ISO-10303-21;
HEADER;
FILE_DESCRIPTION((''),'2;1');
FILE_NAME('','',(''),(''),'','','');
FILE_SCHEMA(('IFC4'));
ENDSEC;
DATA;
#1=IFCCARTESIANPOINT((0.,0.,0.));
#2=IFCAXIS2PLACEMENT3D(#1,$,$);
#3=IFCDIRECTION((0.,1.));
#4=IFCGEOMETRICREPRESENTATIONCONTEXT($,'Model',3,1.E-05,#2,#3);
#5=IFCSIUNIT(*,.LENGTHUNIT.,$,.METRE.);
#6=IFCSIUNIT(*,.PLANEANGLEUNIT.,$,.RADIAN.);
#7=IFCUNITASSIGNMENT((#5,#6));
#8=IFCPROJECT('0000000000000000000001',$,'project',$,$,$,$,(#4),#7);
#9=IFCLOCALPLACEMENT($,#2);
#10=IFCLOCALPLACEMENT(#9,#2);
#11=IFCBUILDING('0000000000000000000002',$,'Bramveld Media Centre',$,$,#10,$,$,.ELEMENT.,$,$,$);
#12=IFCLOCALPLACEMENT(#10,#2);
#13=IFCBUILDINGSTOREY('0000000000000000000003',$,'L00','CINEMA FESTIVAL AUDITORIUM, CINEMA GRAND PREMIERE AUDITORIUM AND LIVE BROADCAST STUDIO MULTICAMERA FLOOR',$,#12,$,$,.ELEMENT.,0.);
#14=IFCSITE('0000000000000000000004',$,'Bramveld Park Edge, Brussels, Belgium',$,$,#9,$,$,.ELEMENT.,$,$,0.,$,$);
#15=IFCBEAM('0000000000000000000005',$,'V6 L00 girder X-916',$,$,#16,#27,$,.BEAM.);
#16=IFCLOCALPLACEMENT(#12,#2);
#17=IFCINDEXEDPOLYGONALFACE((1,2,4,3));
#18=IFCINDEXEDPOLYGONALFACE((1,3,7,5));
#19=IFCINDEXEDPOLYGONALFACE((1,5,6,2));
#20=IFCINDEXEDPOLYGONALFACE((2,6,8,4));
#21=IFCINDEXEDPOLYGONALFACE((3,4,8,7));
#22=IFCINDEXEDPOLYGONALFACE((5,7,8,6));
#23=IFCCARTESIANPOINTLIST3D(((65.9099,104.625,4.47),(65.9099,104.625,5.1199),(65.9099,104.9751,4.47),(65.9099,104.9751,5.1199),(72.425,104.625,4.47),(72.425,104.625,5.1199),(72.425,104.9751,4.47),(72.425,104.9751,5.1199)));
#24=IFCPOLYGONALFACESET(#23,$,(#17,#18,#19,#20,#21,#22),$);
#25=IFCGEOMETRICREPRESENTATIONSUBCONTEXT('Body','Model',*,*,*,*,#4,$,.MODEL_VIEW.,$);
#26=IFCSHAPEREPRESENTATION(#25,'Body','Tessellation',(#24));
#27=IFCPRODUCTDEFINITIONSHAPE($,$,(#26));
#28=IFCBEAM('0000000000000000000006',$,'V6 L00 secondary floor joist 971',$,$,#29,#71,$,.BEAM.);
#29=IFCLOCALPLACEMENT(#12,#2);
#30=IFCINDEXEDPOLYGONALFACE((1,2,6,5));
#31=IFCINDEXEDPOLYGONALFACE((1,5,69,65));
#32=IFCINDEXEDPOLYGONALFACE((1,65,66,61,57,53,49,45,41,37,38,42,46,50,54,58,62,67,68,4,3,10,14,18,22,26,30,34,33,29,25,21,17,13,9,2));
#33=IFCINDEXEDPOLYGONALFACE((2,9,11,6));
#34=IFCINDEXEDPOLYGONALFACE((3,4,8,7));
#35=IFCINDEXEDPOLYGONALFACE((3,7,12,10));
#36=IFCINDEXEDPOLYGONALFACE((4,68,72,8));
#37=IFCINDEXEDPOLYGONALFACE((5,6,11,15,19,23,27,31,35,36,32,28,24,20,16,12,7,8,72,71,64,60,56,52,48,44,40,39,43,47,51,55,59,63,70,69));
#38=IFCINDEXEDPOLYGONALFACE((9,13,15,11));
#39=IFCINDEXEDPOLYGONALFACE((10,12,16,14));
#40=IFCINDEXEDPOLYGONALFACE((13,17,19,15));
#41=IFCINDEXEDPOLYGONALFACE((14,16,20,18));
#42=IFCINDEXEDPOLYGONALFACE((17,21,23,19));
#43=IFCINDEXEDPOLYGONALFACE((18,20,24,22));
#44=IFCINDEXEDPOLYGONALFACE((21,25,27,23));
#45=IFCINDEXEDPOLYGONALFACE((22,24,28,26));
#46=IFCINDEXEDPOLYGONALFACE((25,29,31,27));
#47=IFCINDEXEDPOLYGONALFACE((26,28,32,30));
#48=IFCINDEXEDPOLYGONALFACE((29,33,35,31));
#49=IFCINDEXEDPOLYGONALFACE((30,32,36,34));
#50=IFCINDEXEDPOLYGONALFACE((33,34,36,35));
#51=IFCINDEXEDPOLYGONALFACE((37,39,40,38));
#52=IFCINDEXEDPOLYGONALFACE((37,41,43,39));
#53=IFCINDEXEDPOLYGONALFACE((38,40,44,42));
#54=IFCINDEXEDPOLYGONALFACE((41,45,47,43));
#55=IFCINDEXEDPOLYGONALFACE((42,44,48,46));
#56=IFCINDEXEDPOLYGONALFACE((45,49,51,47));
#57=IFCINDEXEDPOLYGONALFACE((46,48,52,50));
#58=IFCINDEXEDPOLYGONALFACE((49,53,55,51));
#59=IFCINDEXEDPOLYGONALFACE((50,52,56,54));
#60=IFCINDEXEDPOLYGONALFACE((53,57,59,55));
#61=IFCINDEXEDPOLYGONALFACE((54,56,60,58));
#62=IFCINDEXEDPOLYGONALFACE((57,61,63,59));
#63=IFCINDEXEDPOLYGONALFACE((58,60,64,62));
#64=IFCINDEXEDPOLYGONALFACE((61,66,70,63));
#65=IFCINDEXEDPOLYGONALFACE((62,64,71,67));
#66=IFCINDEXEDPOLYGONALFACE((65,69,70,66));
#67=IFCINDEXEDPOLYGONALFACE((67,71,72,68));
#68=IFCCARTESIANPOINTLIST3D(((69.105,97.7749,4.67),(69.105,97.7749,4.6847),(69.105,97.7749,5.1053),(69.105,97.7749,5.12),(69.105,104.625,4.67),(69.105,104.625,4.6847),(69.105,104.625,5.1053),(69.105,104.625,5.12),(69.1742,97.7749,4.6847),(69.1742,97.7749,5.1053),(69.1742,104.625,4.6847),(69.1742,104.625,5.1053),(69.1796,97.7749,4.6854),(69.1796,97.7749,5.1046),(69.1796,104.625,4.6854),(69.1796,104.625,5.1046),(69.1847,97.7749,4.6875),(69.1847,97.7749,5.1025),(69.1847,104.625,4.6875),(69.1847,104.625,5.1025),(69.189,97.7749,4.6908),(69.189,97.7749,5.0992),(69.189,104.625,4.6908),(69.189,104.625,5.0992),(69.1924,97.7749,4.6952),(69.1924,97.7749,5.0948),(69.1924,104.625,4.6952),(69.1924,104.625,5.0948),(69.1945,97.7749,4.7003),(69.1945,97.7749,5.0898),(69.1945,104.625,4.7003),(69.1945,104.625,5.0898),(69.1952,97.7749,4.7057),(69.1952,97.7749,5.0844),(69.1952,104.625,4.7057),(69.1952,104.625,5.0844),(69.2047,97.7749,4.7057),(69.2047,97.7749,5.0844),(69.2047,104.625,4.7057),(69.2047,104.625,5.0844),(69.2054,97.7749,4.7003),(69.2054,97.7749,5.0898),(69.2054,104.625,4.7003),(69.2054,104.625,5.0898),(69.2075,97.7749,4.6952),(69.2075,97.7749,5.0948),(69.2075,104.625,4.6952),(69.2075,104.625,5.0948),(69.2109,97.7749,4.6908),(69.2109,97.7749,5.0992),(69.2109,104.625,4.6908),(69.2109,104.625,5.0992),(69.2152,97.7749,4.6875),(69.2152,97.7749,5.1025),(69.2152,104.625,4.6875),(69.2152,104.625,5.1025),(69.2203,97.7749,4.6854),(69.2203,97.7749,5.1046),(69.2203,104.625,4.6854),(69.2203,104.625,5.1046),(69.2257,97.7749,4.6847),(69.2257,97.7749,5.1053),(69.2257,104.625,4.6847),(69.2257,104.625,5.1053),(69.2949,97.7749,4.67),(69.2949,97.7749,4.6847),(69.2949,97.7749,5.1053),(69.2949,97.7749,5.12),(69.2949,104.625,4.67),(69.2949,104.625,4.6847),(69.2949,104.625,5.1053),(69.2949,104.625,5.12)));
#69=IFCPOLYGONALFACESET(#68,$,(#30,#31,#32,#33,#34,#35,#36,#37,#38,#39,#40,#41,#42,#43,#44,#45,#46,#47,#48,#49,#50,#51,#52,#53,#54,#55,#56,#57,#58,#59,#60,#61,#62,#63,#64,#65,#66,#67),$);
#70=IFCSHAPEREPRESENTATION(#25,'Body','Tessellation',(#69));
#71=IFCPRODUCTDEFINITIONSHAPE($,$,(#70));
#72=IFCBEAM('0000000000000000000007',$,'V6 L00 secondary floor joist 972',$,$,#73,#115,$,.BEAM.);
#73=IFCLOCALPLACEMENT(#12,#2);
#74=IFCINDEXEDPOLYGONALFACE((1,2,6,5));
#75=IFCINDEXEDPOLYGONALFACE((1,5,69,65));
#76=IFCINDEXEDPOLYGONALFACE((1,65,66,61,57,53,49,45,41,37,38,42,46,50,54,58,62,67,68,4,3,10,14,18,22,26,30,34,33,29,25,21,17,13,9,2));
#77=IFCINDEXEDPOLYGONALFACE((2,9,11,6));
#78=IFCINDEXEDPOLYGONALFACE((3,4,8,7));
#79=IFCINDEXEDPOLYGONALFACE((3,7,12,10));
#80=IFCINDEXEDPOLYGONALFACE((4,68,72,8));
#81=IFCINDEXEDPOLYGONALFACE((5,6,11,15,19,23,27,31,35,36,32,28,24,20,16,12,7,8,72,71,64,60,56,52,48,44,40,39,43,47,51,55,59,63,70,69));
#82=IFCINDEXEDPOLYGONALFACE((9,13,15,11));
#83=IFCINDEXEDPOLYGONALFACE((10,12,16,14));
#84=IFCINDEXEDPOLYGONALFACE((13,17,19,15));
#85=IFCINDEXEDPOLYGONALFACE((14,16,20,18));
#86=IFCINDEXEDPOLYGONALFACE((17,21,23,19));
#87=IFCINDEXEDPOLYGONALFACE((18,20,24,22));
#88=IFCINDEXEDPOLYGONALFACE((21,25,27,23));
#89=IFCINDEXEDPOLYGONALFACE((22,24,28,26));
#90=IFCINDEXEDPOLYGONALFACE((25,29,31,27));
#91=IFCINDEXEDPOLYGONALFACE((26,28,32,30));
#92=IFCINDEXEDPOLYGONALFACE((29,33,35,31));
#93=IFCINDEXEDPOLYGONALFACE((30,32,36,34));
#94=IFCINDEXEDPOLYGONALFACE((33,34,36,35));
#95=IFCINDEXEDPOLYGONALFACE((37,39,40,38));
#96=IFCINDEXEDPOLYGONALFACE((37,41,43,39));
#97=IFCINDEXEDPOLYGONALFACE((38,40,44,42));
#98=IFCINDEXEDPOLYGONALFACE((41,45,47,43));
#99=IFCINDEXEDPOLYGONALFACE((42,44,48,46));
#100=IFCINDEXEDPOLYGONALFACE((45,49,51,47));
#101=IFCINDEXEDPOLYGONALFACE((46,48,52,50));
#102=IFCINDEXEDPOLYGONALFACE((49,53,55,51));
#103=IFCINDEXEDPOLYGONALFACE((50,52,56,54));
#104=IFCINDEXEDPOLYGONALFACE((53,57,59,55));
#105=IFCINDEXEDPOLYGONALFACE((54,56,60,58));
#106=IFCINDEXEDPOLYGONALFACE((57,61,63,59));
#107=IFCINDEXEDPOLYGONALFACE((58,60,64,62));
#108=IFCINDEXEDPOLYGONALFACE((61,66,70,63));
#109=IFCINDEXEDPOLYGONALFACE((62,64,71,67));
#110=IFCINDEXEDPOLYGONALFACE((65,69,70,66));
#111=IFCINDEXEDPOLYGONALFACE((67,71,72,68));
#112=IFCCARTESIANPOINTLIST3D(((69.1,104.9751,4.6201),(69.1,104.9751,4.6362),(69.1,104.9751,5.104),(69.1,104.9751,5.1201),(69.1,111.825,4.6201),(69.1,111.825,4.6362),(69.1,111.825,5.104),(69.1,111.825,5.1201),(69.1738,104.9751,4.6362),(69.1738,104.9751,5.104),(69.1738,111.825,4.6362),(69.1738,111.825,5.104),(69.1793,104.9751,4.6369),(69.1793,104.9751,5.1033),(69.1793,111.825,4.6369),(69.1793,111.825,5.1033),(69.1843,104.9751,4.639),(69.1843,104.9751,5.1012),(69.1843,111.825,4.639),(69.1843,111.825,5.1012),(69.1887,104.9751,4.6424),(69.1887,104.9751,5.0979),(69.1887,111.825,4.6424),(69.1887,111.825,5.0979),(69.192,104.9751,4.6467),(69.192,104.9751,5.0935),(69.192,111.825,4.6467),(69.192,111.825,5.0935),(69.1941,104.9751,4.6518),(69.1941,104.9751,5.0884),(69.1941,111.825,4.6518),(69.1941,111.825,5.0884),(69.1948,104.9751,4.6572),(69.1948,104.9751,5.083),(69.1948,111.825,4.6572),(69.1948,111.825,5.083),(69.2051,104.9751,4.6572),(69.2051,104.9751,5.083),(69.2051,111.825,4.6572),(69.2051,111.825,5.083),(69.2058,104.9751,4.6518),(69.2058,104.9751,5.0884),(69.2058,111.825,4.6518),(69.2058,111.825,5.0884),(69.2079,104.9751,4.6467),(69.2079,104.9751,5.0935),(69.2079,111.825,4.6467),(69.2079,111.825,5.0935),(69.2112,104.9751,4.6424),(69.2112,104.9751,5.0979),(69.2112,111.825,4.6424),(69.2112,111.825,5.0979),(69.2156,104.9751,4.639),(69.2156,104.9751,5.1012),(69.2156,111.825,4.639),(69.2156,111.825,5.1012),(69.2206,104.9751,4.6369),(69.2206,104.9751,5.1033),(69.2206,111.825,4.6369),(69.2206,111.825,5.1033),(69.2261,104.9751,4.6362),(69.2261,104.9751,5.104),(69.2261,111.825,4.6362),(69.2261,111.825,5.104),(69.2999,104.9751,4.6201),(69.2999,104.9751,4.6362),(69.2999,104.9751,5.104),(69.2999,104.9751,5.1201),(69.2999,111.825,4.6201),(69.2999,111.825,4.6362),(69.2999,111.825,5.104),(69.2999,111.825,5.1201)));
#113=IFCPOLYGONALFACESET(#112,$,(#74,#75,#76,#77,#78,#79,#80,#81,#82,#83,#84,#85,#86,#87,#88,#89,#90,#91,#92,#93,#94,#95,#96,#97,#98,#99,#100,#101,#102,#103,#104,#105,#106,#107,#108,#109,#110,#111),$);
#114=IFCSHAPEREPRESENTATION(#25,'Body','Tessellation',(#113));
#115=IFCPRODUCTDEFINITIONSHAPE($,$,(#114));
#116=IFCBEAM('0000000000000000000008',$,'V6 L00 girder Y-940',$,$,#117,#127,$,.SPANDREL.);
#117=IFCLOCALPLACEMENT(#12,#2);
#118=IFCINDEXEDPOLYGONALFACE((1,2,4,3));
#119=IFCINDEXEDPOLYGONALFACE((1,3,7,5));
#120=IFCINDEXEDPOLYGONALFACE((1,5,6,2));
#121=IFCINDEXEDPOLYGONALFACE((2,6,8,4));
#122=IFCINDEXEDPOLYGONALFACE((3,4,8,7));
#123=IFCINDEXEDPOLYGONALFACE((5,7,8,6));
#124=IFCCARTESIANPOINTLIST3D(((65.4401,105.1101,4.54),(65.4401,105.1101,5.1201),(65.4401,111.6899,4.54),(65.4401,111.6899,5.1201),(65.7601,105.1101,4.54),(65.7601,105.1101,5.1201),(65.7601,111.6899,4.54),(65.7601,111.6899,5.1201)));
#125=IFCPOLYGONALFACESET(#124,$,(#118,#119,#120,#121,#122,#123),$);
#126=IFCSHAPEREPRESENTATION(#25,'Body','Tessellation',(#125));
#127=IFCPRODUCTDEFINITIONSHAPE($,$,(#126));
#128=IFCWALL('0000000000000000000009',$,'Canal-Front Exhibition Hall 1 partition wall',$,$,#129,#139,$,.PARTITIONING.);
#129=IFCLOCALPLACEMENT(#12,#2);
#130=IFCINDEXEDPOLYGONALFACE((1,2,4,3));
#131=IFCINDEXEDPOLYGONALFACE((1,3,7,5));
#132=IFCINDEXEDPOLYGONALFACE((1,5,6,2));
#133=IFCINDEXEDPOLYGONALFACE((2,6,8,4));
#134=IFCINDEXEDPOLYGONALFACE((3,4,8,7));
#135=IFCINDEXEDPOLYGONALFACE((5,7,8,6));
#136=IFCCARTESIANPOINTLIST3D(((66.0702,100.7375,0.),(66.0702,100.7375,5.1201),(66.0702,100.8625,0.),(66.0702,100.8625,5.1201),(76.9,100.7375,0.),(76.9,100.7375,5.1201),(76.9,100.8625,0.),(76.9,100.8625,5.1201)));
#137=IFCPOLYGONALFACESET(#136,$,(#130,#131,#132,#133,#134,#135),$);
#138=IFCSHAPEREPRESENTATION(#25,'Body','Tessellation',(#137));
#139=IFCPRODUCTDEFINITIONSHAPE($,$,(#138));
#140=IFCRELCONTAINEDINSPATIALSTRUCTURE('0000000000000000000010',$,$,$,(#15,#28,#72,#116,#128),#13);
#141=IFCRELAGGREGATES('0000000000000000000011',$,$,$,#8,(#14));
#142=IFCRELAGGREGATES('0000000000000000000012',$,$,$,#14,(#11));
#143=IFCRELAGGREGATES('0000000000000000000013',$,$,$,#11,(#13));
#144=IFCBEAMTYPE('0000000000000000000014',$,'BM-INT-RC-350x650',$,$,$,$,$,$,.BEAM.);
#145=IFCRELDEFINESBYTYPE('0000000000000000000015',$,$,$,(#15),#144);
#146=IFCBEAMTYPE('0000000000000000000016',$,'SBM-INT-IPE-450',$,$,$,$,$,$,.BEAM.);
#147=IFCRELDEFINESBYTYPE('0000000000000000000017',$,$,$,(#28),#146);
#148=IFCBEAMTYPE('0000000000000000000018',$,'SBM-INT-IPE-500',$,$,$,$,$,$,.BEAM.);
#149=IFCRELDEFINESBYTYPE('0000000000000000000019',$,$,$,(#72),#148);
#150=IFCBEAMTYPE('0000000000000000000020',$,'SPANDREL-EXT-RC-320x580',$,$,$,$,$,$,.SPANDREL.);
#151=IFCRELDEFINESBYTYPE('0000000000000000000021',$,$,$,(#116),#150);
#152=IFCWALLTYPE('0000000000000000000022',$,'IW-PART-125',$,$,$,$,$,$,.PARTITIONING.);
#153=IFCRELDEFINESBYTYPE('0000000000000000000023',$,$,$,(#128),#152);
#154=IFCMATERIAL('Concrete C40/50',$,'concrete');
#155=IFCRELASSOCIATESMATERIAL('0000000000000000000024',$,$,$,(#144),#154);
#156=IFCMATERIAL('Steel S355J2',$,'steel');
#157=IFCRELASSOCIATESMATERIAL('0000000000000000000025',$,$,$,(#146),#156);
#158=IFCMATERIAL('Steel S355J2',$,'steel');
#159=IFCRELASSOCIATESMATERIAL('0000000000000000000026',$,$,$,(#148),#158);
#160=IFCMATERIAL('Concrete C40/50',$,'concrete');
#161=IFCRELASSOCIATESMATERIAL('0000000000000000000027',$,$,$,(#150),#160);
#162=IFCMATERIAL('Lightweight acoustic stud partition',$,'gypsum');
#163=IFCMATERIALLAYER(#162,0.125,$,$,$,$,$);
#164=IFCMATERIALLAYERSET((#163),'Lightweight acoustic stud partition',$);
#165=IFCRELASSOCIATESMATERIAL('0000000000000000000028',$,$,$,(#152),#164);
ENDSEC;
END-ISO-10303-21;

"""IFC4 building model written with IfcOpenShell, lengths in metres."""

from ifc_helpers import new_model, si_unit, direction, frame, frame_2d, origin, origin_2d, place, context, subcontext, project, spatial, rectangle, i_section, extrude, material, layer, layer_set, material_profile, profile_set, type_object, element, save


model = new_model("IFC4")

# Units and contexts
model_context = context("Model", 3, precision=1e-05, world=origin(), true_north=direction((0.0, 1.0)))
body_context = subcontext(model_context, "Body", "Model", "MODEL_VIEW")
ifc_project = project(units=[si_unit("LENGTHUNIT", "METRE"), si_unit("PLANEANGLEUNIT", "RADIAN")], contexts=[model_context])

# Site, building, storey
site_placement = place(None, origin())
site = spatial("IfcSite", under=ifc_project, at=site_placement, Name="Bramveld Park Edge, Brussels, Belgium", CompositionType="ELEMENT", RefElevation=0.0)
building_placement = place(site_placement, origin())
building = spatial("IfcBuilding", under=site, at=building_placement, Name="Bramveld Media Centre", CompositionType="ELEMENT")
storey_placement = place(building_placement, origin())
storey = spatial("IfcBuildingStorey", under=building, at=storey_placement, Name="L00", Description="CINEMA FESTIVAL AUDITORIUM, CINEMA GRAND PREMIERE AUDITORIUM AND LIVE BROADCAST STUDIO MULTICAMERA FLOOR", CompositionType="ELEMENT", Elevation=0.0)

# Beams
ifc_material_1 = material(Name="Concrete C40/50", Category="concrete")
ifc_material_profile_1 = material_profile(ifc_material_1, rectangle(XDim=0.3501, YDim=0.6499, at=origin_2d()), Name="RC 350x650")
ifc_profile_set_1 = profile_set([ifc_material_profile_1], Name="Concrete C40/50")
beam_type_1 = type_object("IfcBeamType", Name="BM-INT-RC-350x650", PredefinedType="BEAM", material=ifc_profile_set_1)
for number, where, z_axis, x_axis, name in (
    (1, (65.9099, 104.8, 4.7949), (1.0, 0.0, 0.0), (0.0, 1.0, 0.0), "V6 L00 girder X-916"),
):
    element("IfcBeam", number, at=place(storey_placement, frame(where, z_axis=z_axis, x_axis=x_axis)), inside=storey, type_object=beam_type_1, Name=name, PredefinedType="BEAM", context=body_context, shape_type="SweptSolid", body=[
        extrude(rectangle(XDim=0.3501, YDim=0.6499, at=origin_2d()), origin(), (0.0, 0.0, 1.0), 6.5151),
    ])
ifc_material_2 = material(Name="Steel S355J2", Category="steel")
ifc_material_profile_2 = material_profile(ifc_material_2, i_section(OverallWidth=0.1899, OverallDepth=0.45, WebThickness=0.0095, FlangeThickness=0.0146, FilletRadius=0.021, at=origin_2d()), Name="IPE 450")
ifc_profile_set_2 = profile_set([ifc_material_profile_2], Name="Steel S355J2")
beam_type_2 = type_object("IfcBeamType", Name="SBM-INT-IPE-450", PredefinedType="BEAM", material=ifc_profile_set_2)
beam_1_placement = place(storey_placement, frame((69.2, 97.7749, 4.895), z_axis=(0.0, 1.0, 0.0), x_axis=(-1.0, 0.0, 0.0)))
element("IfcBeam", 2, at=beam_1_placement, inside=storey, type_object=beam_type_2, Name="V6 L00 secondary floor joist 971", PredefinedType="BEAM", context=body_context, shape_type="SweptSolid", body=[
    extrude(i_section(OverallWidth=0.1899, OverallDepth=0.45, WebThickness=0.0095, FlangeThickness=0.0146, FilletRadius=0.021, at=origin_2d()), origin(), (0.0, 0.0, 1.0), 6.8501),
])
ifc_material_3 = material(Name="Steel S355J2", Category="steel")
ifc_material_profile_3 = material_profile(ifc_material_3, i_section(OverallWidth=0.2, OverallDepth=0.5, WebThickness=0.0103, FlangeThickness=0.0161, FilletRadius=0.021, at=origin_2d()), Name="IPE 500")
ifc_profile_set_3 = profile_set([ifc_material_profile_3], Name="Steel S355J2")
beam_type_3 = type_object("IfcBeamType", Name="SBM-INT-IPE-500", PredefinedType="BEAM", material=ifc_profile_set_3)
beam_2_placement = place(storey_placement, frame((69.2, 104.9751, 4.8701), z_axis=(0.0, 1.0, 0.0), x_axis=(-1.0, 0.0, 0.0)))
element("IfcBeam", 3, at=beam_2_placement, inside=storey, type_object=beam_type_3, Name="V6 L00 secondary floor joist 972", PredefinedType="BEAM", context=body_context, shape_type="SweptSolid", body=[
    extrude(i_section(OverallWidth=0.2, OverallDepth=0.5, WebThickness=0.0103, FlangeThickness=0.0161, FilletRadius=0.021, at=origin_2d()), origin(), (0.0, 0.0, 1.0), 6.8499),
])
ifc_material_4 = material(Name="Concrete C40/50", Category="concrete")
ifc_material_profile_4 = material_profile(ifc_material_4, rectangle(XDim=0.3201, YDim=0.5801, at=origin_2d()), Name="RC 320x580")
ifc_profile_set_4 = profile_set([ifc_material_profile_4], Name="Concrete C40/50")
beam_type_4 = type_object("IfcBeamType", Name="SPANDREL-EXT-RC-320x580", PredefinedType="SPANDREL", material=ifc_profile_set_4)
beam_3_placement = place(storey_placement, frame((65.6001, 105.1101, 4.8301), z_axis=(0.0, 1.0, 0.0), x_axis=(-1.0, 0.0, 0.0)))
element("IfcBeam", 4, at=beam_3_placement, inside=storey, type_object=beam_type_4, Name="V6 L00 girder Y-940", PredefinedType="SPANDREL", context=body_context, shape_type="SweptSolid", body=[
    extrude(rectangle(XDim=0.3201, YDim=0.5801, at=origin_2d()), origin(), (0.0, 0.0, 1.0), 6.5798),
])

# Wall
ifc_material_5 = material(Name="Lightweight acoustic stud partition", Category="gypsum")
ifc_layer = layer(ifc_material_5, 0.125)
ifc_layer_set = layer_set([ifc_layer], Name="Lightweight acoustic stud partition")
wall_type = type_object("IfcWallType", Name="IW-PART-125", PredefinedType="PARTITIONING", material=ifc_layer_set)
wall_placement = place(storey_placement, frame((66.0701, 100.8, 0.0), z_axis=(0.0, 0.0, 1.0), x_axis=(1.0, 0.0, 0.0)))
element("IfcWall", 5, at=wall_placement, inside=storey, type_object=wall_type, Name="Canal-Front Exhibition Hall 1 partition wall", PredefinedType="PARTITIONING", context=body_context, shape_type="SweptSolid", body=[
    extrude(rectangle(XDim=10.8298, YDim=0.125, at=frame_2d((5.415, 0.0))), origin(), (0.0, 0.0, 1.0), 5.1201),
])

save(model, "model.ifc")
